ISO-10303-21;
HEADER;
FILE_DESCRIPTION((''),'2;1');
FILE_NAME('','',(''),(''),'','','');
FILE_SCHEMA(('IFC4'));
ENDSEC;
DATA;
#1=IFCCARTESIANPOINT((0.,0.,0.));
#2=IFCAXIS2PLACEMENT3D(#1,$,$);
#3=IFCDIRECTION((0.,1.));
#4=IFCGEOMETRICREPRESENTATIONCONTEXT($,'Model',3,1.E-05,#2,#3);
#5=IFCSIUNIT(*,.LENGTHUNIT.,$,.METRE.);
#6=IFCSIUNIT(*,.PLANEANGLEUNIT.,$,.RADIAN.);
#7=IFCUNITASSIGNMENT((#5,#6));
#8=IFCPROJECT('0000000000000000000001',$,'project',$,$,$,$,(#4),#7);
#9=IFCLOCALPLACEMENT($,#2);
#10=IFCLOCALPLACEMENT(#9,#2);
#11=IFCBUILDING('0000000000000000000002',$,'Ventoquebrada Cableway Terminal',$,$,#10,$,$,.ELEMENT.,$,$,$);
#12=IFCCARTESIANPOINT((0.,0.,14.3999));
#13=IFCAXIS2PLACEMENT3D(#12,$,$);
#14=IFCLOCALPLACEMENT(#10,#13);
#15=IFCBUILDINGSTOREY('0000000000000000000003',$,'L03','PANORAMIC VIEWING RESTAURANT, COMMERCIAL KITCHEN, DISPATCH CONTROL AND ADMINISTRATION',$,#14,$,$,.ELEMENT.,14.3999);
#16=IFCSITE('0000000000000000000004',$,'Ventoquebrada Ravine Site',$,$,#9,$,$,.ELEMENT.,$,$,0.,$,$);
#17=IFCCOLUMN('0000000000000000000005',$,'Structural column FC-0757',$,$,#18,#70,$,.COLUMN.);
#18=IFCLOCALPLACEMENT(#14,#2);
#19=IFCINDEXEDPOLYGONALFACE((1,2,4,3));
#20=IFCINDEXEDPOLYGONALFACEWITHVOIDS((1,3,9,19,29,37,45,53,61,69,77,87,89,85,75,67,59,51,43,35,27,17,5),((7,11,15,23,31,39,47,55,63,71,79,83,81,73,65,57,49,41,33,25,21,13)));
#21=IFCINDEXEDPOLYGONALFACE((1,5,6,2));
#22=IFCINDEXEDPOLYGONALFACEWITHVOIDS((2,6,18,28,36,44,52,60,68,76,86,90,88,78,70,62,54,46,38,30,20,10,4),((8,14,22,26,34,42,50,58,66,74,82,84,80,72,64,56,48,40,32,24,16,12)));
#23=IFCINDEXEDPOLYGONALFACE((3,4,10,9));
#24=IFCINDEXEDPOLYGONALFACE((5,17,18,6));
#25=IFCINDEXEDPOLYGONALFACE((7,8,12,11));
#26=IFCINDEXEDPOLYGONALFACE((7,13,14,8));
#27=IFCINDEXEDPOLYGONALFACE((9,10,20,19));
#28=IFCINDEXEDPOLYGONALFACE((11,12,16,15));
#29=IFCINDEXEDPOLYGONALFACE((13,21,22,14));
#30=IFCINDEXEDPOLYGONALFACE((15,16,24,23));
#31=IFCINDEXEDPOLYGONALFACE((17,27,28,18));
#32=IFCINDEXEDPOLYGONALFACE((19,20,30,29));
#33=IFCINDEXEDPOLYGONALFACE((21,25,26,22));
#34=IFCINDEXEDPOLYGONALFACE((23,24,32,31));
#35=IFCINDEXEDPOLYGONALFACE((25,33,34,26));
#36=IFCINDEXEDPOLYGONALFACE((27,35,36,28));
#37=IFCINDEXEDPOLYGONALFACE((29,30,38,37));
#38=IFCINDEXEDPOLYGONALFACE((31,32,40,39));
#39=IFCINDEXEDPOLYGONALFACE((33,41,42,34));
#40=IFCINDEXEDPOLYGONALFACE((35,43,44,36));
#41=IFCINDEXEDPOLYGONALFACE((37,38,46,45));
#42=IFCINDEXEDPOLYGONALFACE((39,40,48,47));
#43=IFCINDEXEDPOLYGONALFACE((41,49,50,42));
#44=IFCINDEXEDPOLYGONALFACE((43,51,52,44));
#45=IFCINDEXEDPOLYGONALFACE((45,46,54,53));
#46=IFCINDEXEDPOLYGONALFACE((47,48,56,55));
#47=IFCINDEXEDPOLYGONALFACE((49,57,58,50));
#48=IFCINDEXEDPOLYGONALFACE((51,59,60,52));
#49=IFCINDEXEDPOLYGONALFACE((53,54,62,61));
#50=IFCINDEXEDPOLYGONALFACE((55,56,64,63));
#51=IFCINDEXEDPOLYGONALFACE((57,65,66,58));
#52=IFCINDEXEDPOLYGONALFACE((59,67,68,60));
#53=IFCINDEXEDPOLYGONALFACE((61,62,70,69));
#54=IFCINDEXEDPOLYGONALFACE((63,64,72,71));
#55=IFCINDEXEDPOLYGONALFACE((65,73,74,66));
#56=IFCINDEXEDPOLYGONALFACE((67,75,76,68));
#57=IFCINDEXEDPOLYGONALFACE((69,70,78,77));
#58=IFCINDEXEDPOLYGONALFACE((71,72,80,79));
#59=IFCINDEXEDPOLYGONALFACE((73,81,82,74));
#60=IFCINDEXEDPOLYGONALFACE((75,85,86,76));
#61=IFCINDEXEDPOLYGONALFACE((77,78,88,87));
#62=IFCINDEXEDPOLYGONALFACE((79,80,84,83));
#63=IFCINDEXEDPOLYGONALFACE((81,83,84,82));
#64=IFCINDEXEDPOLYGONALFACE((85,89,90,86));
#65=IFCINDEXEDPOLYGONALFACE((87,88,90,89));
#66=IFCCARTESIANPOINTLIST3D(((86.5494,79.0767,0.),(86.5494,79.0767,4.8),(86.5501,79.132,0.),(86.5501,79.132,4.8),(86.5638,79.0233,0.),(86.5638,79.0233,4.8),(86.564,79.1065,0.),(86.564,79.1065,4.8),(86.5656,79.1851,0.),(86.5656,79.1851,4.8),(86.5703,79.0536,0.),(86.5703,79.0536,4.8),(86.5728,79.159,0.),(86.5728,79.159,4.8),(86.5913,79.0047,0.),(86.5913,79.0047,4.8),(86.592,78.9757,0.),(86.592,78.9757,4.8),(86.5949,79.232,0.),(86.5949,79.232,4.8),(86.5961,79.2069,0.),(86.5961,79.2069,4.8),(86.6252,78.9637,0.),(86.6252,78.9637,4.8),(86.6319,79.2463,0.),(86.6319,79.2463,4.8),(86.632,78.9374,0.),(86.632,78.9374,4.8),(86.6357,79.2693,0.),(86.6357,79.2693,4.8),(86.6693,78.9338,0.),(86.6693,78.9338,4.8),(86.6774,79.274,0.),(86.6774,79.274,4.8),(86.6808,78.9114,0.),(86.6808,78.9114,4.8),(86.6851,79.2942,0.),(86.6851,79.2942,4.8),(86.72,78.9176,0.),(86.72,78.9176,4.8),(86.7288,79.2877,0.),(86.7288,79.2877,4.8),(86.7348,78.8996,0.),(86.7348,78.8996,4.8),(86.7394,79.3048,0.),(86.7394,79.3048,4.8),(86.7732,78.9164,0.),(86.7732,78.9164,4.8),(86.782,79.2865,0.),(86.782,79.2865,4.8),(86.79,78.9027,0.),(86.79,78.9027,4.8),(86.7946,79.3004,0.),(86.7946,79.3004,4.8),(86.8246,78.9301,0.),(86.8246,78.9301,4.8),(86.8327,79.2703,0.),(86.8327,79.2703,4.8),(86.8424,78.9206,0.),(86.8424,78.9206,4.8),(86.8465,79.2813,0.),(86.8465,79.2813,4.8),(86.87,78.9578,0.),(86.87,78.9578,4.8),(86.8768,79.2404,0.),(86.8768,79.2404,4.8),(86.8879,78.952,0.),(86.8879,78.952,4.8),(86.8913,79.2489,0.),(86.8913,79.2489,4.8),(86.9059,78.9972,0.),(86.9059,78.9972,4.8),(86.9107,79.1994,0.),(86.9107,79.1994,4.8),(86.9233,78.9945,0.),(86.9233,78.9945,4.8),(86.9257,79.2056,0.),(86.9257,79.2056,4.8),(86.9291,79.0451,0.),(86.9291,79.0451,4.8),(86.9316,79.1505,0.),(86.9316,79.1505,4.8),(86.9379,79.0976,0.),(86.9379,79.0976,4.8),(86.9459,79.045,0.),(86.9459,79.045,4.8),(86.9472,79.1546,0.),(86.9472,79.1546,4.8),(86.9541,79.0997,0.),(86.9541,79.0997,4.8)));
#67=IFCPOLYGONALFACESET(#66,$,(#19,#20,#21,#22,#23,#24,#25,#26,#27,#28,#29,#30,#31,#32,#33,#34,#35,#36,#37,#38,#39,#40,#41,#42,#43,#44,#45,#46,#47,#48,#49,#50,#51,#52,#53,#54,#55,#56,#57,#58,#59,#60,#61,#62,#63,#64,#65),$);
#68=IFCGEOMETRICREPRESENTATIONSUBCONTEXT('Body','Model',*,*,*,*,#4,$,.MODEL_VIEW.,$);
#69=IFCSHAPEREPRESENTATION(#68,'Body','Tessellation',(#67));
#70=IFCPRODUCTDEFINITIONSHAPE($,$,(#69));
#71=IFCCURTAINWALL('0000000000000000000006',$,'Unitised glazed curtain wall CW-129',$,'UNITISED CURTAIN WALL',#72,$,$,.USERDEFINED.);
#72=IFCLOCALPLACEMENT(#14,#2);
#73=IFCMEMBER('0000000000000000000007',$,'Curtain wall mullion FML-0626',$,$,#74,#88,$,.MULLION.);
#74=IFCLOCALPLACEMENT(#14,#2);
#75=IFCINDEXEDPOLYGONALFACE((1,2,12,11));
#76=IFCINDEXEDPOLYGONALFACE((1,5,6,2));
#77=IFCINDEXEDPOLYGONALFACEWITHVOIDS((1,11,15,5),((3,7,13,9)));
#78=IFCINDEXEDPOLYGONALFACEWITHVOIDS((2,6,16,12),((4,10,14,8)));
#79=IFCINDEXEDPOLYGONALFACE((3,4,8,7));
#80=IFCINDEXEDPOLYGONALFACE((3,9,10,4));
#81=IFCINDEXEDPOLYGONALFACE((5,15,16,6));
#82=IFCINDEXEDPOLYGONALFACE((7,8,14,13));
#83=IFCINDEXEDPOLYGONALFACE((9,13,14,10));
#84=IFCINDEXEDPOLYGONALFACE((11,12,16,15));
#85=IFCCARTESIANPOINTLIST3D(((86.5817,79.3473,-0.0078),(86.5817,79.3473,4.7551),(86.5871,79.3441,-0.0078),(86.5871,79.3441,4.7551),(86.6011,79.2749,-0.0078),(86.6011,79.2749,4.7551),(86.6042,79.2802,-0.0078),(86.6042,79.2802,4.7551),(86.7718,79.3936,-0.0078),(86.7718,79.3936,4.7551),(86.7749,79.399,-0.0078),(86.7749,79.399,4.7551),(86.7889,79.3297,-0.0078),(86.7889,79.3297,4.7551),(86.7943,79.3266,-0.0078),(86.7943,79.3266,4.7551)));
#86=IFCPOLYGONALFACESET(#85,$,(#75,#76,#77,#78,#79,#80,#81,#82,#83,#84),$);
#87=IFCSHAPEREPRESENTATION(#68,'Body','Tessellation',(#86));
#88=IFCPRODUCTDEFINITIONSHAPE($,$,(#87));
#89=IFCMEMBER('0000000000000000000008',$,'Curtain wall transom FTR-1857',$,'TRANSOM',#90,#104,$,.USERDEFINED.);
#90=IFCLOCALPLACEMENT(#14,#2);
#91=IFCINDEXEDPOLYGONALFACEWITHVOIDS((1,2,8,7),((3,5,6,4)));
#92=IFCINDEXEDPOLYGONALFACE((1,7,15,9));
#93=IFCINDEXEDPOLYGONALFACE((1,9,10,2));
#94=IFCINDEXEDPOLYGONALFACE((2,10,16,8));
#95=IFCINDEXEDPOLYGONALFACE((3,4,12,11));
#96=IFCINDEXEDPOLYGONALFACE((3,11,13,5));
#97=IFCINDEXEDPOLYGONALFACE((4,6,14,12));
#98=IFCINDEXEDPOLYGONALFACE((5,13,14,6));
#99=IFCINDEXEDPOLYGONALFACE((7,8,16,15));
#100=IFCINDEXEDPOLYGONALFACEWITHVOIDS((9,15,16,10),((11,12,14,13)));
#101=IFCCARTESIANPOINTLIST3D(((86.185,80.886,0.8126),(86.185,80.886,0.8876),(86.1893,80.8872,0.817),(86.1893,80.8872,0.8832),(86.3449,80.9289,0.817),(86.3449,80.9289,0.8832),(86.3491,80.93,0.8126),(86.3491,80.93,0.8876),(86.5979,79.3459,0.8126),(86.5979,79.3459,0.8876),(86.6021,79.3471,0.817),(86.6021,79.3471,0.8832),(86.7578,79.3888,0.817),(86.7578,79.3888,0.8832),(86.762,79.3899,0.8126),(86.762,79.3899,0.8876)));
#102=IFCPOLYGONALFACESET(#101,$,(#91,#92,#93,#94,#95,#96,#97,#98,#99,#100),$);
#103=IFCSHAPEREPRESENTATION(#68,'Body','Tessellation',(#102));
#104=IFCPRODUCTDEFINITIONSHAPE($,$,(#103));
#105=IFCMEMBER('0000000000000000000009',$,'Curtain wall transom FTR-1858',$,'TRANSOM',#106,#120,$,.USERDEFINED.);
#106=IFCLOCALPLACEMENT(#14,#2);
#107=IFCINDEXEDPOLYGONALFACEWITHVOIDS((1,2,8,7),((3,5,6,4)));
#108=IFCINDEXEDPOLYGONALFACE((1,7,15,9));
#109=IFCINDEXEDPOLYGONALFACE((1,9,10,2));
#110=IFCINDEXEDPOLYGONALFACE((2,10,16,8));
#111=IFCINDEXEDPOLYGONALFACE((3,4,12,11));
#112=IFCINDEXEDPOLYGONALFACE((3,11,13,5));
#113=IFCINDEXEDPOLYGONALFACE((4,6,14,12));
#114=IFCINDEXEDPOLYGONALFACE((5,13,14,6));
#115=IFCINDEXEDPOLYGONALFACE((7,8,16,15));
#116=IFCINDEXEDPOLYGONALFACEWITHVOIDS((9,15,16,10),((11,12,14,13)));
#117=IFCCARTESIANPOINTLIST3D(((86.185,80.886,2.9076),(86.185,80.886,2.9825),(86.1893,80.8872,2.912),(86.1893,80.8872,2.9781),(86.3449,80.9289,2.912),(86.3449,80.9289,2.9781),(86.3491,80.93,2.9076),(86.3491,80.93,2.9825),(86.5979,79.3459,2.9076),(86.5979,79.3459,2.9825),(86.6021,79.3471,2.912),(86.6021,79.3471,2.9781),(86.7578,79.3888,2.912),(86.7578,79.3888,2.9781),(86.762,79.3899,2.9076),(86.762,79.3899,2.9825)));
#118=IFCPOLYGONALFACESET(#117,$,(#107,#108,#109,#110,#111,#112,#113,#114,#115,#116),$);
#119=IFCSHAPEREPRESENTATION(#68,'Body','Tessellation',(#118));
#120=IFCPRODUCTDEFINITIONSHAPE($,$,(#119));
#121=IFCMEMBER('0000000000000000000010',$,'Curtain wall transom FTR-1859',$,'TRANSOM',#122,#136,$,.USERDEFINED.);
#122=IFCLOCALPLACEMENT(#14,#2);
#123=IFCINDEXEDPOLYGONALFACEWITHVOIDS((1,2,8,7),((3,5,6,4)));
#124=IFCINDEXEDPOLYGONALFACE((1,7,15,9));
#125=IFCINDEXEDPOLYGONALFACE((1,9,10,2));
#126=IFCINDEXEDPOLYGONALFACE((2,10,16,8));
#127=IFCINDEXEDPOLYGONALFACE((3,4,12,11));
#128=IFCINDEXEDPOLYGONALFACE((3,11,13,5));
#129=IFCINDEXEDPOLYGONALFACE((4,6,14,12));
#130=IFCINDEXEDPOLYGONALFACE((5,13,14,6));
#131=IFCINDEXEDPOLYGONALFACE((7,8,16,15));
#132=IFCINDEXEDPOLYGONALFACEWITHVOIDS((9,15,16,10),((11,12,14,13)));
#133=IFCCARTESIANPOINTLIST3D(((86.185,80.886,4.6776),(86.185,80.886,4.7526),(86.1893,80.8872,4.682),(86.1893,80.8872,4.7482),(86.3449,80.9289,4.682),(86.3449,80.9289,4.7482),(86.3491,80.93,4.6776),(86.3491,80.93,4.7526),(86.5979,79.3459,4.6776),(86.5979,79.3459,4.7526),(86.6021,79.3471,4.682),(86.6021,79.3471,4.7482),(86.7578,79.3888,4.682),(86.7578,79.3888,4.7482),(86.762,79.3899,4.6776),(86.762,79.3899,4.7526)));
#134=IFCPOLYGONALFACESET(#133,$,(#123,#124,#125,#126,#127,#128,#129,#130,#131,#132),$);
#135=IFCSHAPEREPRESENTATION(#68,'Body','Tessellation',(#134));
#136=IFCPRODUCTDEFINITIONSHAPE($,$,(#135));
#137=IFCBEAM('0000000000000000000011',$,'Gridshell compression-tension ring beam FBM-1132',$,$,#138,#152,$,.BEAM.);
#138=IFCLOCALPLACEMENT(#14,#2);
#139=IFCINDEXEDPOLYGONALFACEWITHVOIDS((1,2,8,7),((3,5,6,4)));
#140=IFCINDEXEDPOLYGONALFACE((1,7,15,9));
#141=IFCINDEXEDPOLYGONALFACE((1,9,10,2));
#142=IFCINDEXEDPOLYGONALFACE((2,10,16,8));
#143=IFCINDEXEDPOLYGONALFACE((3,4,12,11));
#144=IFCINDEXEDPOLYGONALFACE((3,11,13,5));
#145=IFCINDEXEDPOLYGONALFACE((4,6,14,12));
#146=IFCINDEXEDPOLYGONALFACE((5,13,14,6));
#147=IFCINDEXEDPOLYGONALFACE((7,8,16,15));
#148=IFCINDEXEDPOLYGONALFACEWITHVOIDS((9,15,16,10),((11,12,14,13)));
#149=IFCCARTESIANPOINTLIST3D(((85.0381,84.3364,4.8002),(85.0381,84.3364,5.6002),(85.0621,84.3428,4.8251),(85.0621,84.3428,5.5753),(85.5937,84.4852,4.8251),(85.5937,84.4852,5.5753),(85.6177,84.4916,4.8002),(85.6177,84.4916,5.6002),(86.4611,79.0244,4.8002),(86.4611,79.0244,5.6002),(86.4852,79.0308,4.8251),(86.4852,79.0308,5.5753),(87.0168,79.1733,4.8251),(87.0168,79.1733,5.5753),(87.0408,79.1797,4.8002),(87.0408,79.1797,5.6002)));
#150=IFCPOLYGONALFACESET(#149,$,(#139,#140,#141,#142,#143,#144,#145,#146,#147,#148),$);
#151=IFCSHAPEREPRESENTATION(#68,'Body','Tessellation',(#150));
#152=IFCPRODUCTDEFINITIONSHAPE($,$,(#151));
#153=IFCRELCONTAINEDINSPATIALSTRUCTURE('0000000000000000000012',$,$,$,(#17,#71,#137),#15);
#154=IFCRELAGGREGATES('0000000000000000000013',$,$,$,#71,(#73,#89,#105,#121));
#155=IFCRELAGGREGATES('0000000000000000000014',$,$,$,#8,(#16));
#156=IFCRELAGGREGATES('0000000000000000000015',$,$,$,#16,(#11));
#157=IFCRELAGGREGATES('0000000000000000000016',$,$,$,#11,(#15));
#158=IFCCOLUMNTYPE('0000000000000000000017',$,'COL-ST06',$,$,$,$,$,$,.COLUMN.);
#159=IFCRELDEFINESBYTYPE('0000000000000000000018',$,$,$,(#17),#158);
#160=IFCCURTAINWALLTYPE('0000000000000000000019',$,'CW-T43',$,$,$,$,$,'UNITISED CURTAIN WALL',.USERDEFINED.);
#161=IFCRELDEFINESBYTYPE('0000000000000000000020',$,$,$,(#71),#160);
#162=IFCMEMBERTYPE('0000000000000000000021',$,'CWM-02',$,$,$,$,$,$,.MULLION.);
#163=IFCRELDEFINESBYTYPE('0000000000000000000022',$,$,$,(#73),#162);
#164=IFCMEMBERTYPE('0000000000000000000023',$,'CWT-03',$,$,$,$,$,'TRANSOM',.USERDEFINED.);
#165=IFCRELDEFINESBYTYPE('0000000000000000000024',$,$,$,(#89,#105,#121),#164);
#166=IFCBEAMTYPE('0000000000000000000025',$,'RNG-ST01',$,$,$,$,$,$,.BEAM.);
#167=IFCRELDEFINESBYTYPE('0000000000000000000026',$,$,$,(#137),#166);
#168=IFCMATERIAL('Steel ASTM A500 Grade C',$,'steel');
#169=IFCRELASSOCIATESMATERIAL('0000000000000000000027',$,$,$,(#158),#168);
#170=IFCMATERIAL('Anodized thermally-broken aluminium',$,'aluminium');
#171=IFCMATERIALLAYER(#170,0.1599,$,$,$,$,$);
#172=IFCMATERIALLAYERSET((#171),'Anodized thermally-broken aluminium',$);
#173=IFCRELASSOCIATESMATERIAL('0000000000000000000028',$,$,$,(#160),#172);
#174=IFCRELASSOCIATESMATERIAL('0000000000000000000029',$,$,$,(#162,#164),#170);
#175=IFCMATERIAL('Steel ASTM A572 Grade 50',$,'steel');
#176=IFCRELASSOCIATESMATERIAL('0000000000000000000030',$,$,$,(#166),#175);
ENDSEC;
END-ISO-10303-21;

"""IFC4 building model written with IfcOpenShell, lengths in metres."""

from ifc_helpers import new_model, si_unit, direction, frame, origin, origin_2d, place, context, subcontext, project, spatial, hollow_rectangle, hollow_circle, extrude, material, layer, layer_set, material_profile, profile_set, type_object, element, aggregate, save


model = new_model("IFC4")

# Units and contexts
model_context = context("Model", 3, precision=1e-05, world=origin(), true_north=direction((0.0, 1.0)))
body_context = subcontext(model_context, "Body", "Model", "MODEL_VIEW")
ifc_project = project(units=[si_unit("LENGTHUNIT", "METRE"), si_unit("PLANEANGLEUNIT", "RADIAN")], contexts=[model_context])

# Site, building, storey
site_placement = place(None, origin())
site = spatial("IfcSite", under=ifc_project, at=site_placement, Name="Ventoquebrada Ravine Site", CompositionType="ELEMENT", RefElevation=0.0)
building_placement = place(site_placement, origin())
building = spatial("IfcBuilding", under=site, at=building_placement, Name="Ventoquebrada Cableway Terminal", CompositionType="ELEMENT")
storey_placement = place(building_placement, frame((0.0, 0.0, 14.3999)))
storey = spatial("IfcBuildingStorey", under=building, at=storey_placement, Name="L03", Description="PANORAMIC VIEWING RESTAURANT, COMMERCIAL KITCHEN, DISPATCH CONTROL AND ADMINISTRATION", CompositionType="ELEMENT", Elevation=14.3999)

# Column
ifc_material_1 = material(Name="Steel ASTM A500 Grade C", Category="steel")
ifc_material_profile_1 = material_profile(ifc_material_1, hollow_circle(Radius=0.2031, WallThickness=0.0161, at=origin_2d()), Name="CHS406.4X16")
ifc_profile_set_1 = profile_set([ifc_material_profile_1], Name="Steel ASTM A500 Grade C")
column_type = type_object("IfcColumnType", Name="COL-ST06", PredefinedType="COLUMN", material=ifc_profile_set_1)
column_placement = place(storey_placement, frame((86.751, 79.1021, 0.0), z_axis=(0.0, 0.0, 1.0), x_axis=(0.965926, 0.258819, 0.0)))
element("IfcColumn", 1, at=column_placement, inside=storey, type_object=column_type, Name="Structural column FC-0757", PredefinedType="COLUMN", context=body_context, shape_type="SweptSolid", body=[
    extrude(hollow_circle(Radius=0.2031, WallThickness=0.0161, at=origin_2d()), origin(), (0.0, 0.0, 1.0), 4.8),
])

# Curtain wall, members
ifc_material_2 = material(Name="Anodized thermally-broken aluminium", Category="aluminium")
ifc_layer_1 = layer(ifc_material_2, 0.1599)
ifc_layer_set_1 = layer_set([ifc_layer_1], Name="Anodized thermally-broken aluminium")
curtain_wall_type = type_object("IfcCurtainWallType", Name="CW-T43", ElementType="UNITISED CURTAIN WALL", PredefinedType="USERDEFINED", material=ifc_layer_set_1)
curtain_wall_placement = place(storey_placement, origin())
curtain_wall = element("IfcCurtainWall", 2, at=curtain_wall_placement, inside=storey, type_object=curtain_wall_type, Name="Unitised glazed curtain wall CW-129", ObjectType="UNITISED CURTAIN WALL", PredefinedType="USERDEFINED")
ifc_material_profile_2 = material_profile(ifc_material_2, hollow_rectangle(XDim=0.075, YDim=0.2, WallThickness=0.0044, at=origin_2d()), Name="CW-MUL-75X200")
ifc_profile_set_2 = profile_set([ifc_material_profile_2], Name="Anodized thermally-broken aluminium")
member_type_1 = type_object("IfcMemberType", Name="CWM-02", PredefinedType="MULLION", material=ifc_profile_set_2)
member_1_placement = place(storey_placement, frame((86.688, 79.3369, -0.0078), z_axis=(0.0, 0.0, 1.0), x_axis=(-0.258701, 0.965957, 0.0)))
member_1 = element("IfcMember", 3, at=member_1_placement, type_object=member_type_1, Name="Curtain wall mullion FML-0626", PredefinedType="MULLION", context=body_context, shape_type="SweptSolid", body=[
    extrude(hollow_rectangle(XDim=0.075, YDim=0.2, WallThickness=0.0044, at=origin_2d()), origin(), (0.0, 0.0, 1.0), 4.7629),
])
ifc_material_profile_3 = material_profile(ifc_material_2, hollow_rectangle(XDim=0.075, YDim=0.1699, WallThickness=0.0044, at=origin_2d()), Name="CW-TRN-75X170")
ifc_profile_set_3 = profile_set([ifc_material_profile_3], Name="Anodized thermally-broken aluminium")
member_type_2 = type_object("IfcMemberType", Name="CWT-03", ElementType="TRANSOM", PredefinedType="USERDEFINED", material=ifc_profile_set_3)
member_2_placement = place(storey_placement, frame((86.6799, 79.3679, 0.8501), z_axis=(-0.25893, 0.965896, 0.0), x_axis=(0.0, 0.0, 1.0)))
member_2 = element("IfcMember", 4, at=member_2_placement, type_object=member_type_2, Name="Curtain wall transom FTR-1857", ObjectType="TRANSOM", PredefinedType="USERDEFINED", context=body_context, shape_type="SweptSolid", body=[
    extrude(hollow_rectangle(XDim=0.075, YDim=0.1699, WallThickness=0.0044, at=origin_2d()), origin(), (0.0, 0.0, 1.0), 1.5945),
])
member_3_placement = place(storey_placement, frame((86.6799, 79.3679, 2.9451), z_axis=(-0.25893, 0.965896, 0.0), x_axis=(0.0, 0.0, 1.0)))
member_3 = element("IfcMember", 5, at=member_3_placement, type_object=member_type_2, Name="Curtain wall transom FTR-1858", ObjectType="TRANSOM", PredefinedType="USERDEFINED", context=body_context, shape_type="SweptSolid", body=[
    extrude(hollow_rectangle(XDim=0.075, YDim=0.1699, WallThickness=0.0044, at=origin_2d()), origin(), (0.0, 0.0, 1.0), 1.5945),
])
member_4_placement = place(storey_placement, frame((86.6799, 79.3679, 4.7151), z_axis=(-0.25893, 0.965896, 0.0), x_axis=(0.0, 0.0, 1.0)))
member_4 = element("IfcMember", 6, at=member_4_placement, type_object=member_type_2, Name="Curtain wall transom FTR-1859", ObjectType="TRANSOM", PredefinedType="USERDEFINED", context=body_context, shape_type="SweptSolid", body=[
    extrude(hollow_rectangle(XDim=0.075, YDim=0.1699, WallThickness=0.0044, at=origin_2d()), origin(), (0.0, 0.0, 1.0), 1.5945),
])
aggregate(curtain_wall, [member_1, member_2, member_3, member_4])

# Beam
ifc_material_3 = material(Name="Steel ASTM A572 Grade 50", Category="steel")
ifc_material_profile_4 = material_profile(ifc_material_3, hollow_rectangle(XDim=0.6001, YDim=0.8, WallThickness=0.0249, at=origin_2d()), Name="BOX600X800X25")
ifc_profile_set_4 = profile_set([ifc_material_profile_4], Name="Steel ASTM A572 Grade 50")
beam_type = type_object("IfcBeamType", Name="RNG-ST01", PredefinedType="BEAM", material=ifc_profile_set_4)
beam_placement = place(storey_placement, frame((86.751, 79.1021, 5.2002), z_axis=(-0.258776, 0.965937, 0.0), x_axis=(-0.965937, -0.258776, 0.0)))
element("IfcBeam", 7, at=beam_placement, inside=storey, type_object=beam_type, Name="Gridshell compression-tension ring beam FBM-1132", PredefinedType="BEAM", context=body_context, shape_type="SweptSolid", body=[
    extrude(hollow_rectangle(XDim=0.6001, YDim=0.8, WallThickness=0.0249, at=origin_2d()), origin(), (0.0, 0.0, 1.0), 5.4993),
])

save(model, "model.ifc")
